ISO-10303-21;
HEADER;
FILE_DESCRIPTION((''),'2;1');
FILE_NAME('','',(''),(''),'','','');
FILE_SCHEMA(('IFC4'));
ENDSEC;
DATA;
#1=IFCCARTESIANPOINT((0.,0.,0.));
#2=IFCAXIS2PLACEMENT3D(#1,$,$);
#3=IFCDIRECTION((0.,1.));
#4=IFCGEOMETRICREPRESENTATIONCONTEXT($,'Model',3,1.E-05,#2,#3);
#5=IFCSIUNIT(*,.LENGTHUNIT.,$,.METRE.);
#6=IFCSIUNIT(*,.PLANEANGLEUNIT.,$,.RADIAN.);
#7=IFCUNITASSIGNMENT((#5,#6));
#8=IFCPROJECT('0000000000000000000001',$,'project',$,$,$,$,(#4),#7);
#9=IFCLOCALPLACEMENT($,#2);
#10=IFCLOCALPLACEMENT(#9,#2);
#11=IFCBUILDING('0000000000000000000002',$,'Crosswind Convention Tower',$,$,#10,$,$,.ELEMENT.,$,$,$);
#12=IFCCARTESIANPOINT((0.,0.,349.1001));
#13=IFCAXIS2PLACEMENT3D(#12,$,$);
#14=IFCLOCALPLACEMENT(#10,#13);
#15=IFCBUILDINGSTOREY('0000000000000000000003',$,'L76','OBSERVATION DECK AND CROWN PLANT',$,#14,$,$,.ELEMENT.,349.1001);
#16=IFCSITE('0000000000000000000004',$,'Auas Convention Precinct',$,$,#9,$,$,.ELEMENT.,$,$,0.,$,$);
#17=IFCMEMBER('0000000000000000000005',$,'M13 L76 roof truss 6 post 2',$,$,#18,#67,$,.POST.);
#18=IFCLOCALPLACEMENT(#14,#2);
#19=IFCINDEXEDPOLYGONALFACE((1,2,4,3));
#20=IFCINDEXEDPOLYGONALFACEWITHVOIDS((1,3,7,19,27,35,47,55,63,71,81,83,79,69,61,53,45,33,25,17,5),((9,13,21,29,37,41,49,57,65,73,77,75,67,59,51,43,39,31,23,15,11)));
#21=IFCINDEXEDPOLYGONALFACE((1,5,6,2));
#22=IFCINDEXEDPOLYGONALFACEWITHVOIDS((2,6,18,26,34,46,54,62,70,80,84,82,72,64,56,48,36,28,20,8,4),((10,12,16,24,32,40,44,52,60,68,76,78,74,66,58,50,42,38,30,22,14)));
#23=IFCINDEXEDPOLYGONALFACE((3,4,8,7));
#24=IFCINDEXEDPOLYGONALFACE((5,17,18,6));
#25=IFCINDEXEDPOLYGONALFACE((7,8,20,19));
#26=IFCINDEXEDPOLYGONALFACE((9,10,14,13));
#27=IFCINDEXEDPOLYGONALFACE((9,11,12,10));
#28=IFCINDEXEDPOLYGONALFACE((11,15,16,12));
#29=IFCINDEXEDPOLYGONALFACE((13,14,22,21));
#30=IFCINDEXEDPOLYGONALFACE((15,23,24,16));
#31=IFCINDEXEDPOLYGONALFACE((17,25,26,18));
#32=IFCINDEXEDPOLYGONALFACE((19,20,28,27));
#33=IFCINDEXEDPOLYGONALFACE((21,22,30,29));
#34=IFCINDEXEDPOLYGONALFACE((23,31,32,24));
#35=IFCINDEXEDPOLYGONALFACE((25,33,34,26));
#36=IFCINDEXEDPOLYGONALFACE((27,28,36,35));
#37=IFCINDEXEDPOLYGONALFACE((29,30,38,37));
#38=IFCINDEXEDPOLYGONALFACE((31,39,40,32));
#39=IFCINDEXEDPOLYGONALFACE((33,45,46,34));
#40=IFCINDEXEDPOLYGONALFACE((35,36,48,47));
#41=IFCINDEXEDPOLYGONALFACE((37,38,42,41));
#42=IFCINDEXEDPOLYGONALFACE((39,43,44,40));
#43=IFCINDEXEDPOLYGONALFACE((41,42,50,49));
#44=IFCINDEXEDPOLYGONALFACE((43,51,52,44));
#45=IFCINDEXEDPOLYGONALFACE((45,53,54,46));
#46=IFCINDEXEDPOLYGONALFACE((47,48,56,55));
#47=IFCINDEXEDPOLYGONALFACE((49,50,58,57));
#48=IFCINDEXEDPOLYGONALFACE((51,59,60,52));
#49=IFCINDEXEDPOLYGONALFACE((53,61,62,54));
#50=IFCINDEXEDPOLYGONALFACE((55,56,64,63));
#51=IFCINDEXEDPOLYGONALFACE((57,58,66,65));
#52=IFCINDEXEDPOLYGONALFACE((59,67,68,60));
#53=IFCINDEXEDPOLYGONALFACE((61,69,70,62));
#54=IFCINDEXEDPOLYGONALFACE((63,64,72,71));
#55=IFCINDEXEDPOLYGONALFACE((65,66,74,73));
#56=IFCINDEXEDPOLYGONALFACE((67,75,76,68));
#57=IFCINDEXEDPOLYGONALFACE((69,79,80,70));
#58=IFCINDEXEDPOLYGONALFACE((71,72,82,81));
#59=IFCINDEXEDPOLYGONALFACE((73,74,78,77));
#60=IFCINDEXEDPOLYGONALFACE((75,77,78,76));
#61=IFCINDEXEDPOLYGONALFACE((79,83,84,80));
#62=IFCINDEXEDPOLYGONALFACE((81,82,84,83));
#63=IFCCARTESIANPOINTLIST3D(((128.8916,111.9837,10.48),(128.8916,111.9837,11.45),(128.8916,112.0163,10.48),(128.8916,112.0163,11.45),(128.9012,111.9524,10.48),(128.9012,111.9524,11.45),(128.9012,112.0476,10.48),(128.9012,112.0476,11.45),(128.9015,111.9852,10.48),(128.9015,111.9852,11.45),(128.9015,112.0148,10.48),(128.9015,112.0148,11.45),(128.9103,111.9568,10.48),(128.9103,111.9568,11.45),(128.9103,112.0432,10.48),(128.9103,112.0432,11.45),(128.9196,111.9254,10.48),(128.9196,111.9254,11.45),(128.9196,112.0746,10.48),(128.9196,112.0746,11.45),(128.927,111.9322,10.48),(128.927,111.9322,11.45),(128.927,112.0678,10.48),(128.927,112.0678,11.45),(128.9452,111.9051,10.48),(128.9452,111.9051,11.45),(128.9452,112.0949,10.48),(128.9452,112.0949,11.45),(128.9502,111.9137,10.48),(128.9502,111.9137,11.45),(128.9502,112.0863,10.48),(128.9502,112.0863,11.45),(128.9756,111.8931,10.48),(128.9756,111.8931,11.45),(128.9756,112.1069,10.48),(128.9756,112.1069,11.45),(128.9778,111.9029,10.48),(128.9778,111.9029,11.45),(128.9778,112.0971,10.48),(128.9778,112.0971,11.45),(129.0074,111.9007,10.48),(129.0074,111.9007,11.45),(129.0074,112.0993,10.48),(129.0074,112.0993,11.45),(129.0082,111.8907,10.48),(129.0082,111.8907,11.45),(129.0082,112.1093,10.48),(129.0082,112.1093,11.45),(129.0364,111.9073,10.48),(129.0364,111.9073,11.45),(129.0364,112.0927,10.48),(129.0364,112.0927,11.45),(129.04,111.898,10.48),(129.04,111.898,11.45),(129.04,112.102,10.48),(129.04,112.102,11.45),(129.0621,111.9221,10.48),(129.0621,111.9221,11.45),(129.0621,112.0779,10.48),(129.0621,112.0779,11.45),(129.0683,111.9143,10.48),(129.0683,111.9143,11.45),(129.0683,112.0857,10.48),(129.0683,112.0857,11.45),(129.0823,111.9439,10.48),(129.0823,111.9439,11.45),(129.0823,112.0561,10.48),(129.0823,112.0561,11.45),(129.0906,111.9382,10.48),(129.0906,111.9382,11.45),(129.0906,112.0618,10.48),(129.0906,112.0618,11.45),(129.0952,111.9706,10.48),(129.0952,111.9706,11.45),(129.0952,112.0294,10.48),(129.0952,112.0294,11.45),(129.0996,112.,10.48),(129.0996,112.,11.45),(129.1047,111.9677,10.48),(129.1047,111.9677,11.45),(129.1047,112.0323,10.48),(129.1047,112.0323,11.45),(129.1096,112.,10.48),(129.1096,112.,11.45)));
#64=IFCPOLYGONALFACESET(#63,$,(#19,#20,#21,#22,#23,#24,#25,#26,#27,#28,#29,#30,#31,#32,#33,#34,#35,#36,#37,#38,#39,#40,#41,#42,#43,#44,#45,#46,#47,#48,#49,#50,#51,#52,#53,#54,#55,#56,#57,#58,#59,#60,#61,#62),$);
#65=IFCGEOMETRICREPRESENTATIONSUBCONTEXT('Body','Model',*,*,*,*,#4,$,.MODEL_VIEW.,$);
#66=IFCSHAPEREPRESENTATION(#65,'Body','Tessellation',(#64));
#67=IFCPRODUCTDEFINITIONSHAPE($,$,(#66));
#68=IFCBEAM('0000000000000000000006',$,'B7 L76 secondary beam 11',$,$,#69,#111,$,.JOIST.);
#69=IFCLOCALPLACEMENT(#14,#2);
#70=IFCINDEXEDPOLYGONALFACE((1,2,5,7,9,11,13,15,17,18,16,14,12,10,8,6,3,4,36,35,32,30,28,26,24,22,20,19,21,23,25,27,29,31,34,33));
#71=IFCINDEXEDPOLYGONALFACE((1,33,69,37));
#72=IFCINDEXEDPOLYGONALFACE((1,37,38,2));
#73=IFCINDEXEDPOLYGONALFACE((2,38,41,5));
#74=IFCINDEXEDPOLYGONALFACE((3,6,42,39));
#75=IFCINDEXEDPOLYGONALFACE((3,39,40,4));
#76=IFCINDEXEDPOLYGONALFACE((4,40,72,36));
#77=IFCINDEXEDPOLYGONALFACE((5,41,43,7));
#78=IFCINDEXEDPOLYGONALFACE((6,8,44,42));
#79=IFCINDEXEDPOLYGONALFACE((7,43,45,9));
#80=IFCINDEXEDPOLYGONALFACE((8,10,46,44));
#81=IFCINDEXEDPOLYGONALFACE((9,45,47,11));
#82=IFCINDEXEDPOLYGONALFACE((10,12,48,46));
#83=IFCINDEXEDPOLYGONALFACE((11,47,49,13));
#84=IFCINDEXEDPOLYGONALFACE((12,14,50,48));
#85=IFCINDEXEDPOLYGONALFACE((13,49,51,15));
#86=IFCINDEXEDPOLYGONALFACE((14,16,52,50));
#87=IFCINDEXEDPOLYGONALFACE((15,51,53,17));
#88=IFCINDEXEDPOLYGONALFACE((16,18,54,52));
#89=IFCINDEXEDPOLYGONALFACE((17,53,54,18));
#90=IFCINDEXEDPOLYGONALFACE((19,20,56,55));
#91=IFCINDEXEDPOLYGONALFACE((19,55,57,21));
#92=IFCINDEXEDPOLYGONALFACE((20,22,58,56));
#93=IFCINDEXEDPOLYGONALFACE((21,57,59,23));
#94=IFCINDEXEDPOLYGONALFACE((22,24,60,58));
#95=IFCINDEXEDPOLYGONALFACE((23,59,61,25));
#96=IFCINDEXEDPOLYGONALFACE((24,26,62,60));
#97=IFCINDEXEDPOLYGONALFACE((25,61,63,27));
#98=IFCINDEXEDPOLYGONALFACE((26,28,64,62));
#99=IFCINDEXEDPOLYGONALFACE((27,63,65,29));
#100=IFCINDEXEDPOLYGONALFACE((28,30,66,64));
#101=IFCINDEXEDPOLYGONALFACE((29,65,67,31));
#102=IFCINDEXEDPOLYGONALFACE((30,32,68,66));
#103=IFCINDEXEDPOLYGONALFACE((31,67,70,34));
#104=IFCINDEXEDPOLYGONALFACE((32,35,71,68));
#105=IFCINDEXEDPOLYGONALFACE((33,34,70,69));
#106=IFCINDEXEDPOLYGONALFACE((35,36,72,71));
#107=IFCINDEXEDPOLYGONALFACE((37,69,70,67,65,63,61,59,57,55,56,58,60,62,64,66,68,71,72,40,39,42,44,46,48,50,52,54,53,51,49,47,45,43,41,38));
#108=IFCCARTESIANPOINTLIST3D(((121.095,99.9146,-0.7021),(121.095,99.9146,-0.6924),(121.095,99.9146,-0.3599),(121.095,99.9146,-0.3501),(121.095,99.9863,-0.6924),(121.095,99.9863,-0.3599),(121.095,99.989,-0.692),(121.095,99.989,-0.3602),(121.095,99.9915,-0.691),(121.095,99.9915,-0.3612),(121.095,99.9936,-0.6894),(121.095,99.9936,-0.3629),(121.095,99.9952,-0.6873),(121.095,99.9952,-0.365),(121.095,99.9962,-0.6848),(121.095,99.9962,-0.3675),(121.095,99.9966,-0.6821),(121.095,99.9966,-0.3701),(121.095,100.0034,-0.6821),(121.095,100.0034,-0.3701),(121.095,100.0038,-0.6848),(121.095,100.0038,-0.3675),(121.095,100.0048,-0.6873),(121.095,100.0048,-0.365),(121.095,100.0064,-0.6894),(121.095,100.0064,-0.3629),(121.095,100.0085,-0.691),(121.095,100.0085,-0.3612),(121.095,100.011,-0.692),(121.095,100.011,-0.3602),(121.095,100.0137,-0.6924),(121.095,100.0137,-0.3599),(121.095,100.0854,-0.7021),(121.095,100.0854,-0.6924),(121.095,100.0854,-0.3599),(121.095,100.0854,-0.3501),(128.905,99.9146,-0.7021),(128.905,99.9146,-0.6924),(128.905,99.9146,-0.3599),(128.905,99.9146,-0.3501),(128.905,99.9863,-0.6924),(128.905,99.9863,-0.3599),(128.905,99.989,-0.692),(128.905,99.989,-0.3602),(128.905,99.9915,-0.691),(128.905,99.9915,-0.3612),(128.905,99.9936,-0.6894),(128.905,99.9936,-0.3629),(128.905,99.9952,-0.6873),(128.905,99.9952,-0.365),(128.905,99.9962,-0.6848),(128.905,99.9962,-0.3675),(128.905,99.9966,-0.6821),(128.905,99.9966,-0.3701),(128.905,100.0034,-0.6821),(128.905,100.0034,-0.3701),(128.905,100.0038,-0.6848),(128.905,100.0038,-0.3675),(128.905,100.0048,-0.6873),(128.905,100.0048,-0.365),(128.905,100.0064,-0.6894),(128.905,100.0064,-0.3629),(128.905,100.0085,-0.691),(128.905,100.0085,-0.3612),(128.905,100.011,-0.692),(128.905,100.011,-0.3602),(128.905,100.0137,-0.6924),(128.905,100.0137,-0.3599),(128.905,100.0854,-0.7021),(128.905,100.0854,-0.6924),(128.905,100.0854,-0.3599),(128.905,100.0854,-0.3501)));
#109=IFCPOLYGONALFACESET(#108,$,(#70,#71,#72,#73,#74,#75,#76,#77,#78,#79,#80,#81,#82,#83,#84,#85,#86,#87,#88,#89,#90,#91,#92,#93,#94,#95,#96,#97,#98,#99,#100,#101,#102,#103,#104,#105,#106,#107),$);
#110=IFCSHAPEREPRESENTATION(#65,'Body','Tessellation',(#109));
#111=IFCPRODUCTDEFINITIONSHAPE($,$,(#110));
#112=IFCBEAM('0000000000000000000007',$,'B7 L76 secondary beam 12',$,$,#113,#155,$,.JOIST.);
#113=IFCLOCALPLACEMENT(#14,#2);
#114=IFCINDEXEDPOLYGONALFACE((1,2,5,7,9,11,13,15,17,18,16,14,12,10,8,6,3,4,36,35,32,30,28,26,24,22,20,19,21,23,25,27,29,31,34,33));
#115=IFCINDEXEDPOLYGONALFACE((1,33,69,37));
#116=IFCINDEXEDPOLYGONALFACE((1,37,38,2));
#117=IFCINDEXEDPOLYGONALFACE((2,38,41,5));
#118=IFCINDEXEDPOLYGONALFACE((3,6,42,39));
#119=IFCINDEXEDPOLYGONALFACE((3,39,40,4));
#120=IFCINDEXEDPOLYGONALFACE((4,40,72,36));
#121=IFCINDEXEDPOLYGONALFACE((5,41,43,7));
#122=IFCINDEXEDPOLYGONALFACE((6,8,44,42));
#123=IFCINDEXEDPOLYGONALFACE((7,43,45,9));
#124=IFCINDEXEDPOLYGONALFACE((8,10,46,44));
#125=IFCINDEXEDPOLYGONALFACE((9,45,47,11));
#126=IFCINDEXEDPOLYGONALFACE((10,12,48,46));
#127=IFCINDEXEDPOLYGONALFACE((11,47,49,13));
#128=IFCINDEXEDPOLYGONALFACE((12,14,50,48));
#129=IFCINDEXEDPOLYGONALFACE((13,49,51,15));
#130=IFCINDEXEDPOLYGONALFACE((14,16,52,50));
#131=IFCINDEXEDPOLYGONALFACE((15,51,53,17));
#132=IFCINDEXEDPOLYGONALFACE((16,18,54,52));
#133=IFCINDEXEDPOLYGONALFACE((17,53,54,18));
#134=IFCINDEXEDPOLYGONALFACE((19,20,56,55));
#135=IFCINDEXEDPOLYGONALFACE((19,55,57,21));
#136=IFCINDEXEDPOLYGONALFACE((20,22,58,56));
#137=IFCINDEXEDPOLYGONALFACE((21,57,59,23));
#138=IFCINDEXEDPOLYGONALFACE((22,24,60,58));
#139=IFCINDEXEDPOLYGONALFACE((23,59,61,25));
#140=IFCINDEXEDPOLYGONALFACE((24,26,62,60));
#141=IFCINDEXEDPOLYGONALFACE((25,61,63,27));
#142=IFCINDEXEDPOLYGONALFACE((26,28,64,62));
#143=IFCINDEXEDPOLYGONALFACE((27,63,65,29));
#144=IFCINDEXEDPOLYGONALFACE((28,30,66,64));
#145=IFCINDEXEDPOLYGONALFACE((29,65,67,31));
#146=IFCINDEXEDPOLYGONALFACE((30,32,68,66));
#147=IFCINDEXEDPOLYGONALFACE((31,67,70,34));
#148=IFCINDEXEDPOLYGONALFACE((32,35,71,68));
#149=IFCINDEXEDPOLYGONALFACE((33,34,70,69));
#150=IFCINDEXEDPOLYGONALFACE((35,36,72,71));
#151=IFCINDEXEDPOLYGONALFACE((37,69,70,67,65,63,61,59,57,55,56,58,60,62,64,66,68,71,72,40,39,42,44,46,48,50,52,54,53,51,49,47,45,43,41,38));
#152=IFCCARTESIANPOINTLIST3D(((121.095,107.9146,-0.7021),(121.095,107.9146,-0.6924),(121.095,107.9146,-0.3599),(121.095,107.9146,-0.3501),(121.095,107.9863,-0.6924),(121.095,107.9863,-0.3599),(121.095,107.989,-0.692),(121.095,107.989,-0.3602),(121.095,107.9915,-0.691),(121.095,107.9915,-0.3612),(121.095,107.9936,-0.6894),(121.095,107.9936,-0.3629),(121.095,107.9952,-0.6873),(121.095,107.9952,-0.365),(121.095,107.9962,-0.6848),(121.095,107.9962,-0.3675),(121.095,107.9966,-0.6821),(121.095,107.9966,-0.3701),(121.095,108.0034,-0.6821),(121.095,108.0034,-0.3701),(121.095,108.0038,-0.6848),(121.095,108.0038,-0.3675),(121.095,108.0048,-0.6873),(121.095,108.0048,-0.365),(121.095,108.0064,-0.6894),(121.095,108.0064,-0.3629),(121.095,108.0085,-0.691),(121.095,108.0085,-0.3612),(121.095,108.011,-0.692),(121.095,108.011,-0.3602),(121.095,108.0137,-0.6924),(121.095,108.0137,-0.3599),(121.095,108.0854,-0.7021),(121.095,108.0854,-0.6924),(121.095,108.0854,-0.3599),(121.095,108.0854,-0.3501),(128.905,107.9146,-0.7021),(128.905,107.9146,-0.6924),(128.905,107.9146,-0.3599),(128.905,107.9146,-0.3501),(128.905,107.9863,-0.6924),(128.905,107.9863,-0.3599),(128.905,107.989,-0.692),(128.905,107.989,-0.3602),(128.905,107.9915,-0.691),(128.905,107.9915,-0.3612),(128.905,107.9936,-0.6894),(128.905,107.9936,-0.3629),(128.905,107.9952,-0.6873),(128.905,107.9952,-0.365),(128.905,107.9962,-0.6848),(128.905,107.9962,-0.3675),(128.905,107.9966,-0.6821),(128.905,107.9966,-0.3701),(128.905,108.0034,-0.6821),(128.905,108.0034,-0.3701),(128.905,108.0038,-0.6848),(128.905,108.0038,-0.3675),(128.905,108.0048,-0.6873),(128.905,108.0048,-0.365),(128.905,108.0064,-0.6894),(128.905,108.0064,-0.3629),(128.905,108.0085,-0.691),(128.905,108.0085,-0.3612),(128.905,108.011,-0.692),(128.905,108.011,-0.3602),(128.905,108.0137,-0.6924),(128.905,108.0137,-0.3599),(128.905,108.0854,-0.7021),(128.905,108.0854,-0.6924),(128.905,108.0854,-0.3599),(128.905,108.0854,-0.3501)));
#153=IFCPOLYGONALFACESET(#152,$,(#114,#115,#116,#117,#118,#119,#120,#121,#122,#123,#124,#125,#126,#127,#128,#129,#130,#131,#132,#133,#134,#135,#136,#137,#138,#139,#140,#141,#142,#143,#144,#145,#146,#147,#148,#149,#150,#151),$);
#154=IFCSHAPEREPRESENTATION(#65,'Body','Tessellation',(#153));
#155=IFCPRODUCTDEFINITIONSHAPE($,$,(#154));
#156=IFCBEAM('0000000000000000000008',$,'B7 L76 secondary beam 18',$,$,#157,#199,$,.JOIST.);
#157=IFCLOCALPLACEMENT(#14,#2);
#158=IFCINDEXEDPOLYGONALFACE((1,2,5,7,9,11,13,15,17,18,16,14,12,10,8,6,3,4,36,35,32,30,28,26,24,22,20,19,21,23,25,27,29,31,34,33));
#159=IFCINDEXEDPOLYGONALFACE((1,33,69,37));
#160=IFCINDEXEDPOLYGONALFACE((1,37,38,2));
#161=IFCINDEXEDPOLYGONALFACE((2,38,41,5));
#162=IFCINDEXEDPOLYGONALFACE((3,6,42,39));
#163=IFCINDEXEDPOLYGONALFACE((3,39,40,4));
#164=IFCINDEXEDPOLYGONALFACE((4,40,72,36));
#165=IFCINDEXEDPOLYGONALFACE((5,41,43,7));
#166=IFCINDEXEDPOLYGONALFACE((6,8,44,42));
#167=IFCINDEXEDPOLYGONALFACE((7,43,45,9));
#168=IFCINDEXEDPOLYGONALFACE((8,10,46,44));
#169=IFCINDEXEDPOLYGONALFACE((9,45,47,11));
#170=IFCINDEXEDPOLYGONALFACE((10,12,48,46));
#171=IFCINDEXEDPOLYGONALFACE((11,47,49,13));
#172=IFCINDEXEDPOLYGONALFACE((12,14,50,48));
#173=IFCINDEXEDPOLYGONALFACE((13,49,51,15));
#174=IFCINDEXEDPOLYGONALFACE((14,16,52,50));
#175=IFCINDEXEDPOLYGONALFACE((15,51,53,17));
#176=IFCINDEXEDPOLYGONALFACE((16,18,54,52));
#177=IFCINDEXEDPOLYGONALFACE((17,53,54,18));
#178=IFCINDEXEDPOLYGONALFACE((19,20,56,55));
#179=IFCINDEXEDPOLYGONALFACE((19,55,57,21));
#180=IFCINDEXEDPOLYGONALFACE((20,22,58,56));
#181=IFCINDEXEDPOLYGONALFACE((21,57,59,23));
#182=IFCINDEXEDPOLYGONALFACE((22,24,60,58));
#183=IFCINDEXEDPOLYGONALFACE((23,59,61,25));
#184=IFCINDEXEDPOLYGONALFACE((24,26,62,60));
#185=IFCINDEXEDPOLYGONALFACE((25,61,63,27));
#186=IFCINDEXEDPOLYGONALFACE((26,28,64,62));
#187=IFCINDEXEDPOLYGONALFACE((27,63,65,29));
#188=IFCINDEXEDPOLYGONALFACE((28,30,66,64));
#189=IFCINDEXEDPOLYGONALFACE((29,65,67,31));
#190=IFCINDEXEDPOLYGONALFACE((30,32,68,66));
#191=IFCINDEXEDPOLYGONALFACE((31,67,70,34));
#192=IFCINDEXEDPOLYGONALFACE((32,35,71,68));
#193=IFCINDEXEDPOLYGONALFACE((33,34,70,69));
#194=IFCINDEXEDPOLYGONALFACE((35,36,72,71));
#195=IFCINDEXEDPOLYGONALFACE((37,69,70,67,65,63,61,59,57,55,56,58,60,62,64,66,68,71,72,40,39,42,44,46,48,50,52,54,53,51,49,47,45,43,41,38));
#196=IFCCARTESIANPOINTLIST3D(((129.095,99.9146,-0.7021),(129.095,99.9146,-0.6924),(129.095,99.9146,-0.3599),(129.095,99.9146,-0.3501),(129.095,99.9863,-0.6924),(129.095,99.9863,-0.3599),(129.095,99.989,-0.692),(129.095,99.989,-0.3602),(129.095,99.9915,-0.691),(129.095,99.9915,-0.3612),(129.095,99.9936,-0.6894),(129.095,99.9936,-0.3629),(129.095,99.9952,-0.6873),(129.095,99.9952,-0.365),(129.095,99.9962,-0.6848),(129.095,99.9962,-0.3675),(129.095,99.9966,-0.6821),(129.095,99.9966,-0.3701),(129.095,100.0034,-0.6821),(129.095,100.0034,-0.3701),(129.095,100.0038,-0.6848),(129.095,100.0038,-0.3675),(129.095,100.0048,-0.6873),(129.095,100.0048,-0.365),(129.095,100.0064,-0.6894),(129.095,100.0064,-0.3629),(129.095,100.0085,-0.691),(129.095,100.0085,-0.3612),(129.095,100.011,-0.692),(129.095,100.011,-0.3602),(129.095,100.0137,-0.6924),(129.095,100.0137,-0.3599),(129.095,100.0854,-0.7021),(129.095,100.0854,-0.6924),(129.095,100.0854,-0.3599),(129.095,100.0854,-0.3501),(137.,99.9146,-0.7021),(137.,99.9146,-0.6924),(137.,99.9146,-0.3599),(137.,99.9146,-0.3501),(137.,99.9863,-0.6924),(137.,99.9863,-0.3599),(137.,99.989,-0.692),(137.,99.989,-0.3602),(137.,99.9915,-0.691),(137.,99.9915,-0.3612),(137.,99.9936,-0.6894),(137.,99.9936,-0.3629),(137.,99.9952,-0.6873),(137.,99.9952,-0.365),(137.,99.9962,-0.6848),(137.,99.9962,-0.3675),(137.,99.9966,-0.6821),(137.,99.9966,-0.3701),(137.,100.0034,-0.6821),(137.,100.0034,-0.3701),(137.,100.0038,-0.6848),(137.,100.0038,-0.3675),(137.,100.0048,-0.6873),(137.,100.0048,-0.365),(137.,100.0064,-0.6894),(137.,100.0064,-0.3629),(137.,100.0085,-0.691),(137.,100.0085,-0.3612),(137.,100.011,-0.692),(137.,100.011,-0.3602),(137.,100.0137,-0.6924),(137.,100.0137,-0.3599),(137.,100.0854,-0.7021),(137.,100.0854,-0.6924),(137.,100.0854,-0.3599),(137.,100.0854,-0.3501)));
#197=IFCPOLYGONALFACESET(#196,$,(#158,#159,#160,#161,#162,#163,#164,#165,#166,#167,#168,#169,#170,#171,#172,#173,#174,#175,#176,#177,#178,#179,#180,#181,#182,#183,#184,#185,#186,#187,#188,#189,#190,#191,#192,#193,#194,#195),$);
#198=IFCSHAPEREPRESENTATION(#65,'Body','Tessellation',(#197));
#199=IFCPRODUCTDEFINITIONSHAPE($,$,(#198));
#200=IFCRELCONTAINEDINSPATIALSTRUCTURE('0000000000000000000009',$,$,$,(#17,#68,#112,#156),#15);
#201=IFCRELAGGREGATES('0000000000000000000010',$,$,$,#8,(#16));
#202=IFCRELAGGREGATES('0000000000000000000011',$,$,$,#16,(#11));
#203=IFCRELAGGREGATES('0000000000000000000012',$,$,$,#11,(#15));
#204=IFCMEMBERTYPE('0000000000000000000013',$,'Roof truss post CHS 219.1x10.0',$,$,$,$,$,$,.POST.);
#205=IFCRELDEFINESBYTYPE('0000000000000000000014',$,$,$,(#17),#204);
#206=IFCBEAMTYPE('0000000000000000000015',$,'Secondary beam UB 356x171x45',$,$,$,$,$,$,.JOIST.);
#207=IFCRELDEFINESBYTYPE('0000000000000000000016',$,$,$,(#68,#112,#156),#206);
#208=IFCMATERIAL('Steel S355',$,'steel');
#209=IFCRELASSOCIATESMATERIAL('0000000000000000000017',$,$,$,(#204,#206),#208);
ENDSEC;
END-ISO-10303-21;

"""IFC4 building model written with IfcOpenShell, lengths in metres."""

from ifc_helpers import new_model, si_unit, direction, frame, origin, origin_2d, place, context, subcontext, project, spatial, hollow_circle, i_section, extrude, material, material_profile, profile_set, type_object, element, save


model = new_model("IFC4")

# Units and contexts
model_context = context("Model", 3, precision=1e-05, world=origin(), true_north=direction((0.0, 1.0)))
body_context = subcontext(model_context, "Body", "Model", "MODEL_VIEW")
ifc_project = project(units=[si_unit("LENGTHUNIT", "METRE"), si_unit("PLANEANGLEUNIT", "RADIAN")], contexts=[model_context])

# Site, building, storey
site_placement = place(None, origin())
site = spatial("IfcSite", under=ifc_project, at=site_placement, Name="Auas Convention Precinct", CompositionType="ELEMENT", RefElevation=0.0)
building_placement = place(site_placement, origin())
building = spatial("IfcBuilding", under=site, at=building_placement, Name="Crosswind Convention Tower", CompositionType="ELEMENT")
storey_placement = place(building_placement, frame((0.0, 0.0, 349.1001)))
storey = spatial("IfcBuildingStorey", under=building, at=storey_placement, Name="L76", Description="OBSERVATION DECK AND CROWN PLANT", CompositionType="ELEMENT", Elevation=349.1001)

# Shared definitions
ifc_material_1 = material(Name="Steel S355", Category="steel")

# Member
ifc_material_profile_1 = material_profile(ifc_material_1, hollow_circle(Radius=0.1096, WallThickness=0.01, at=origin_2d()), Name="CHS 219.1x10.0")
ifc_profile_set_1 = profile_set([ifc_material_profile_1], Name="Steel S355")
member_type_1 = type_object("IfcMemberType", Name="Roof truss post CHS 219.1x10.0", PredefinedType="POST", material=ifc_profile_set_1)
for number, where, z_axis, x_axis, name in (
    (1, (129.0, 112.0, 10.48), (0.0, 0.0, 1.0), (1.0, 0.0, 0.0), "M13 L76 roof truss 6 post 2"),
):
    element("IfcMember", number, at=place(storey_placement, frame(where, z_axis=z_axis, x_axis=x_axis)), inside=storey, type_object=member_type_1, Name=name, PredefinedType="POST", context=body_context, shape_type="SweptSolid", body=[
        extrude(hollow_circle(Radius=0.1096, WallThickness=0.01, at=origin_2d()), origin(), (0.0, 0.0, 1.0), 0.97),
    ])

# Beams
ifc_material_profile_2 = material_profile(ifc_material_1, i_section(OverallWidth=0.1709, OverallDepth=0.3521, WebThickness=0.0068, FlangeThickness=0.0098, FilletRadius=0.0103, at=origin_2d()), Name="UB 356x171x45")
ifc_profile_set_2 = profile_set([ifc_material_profile_2], Name="Steel S355")
beam_type_1 = type_object("IfcBeamType", Name="Secondary beam UB 356x171x45", PredefinedType="JOIST", material=ifc_profile_set_2)
for number, where, z_axis, x_axis, name in (
    (2, (121.095, 100.0, -0.5261), (1.0, 0.0, 0.0), (0.0, 1.0, 0.0), "B7 L76 secondary beam 11"),
    (3, (121.095, 108.0, -0.5261), (1.0, 0.0, 0.0), (0.0, 1.0, 0.0), "B7 L76 secondary beam 12"),
):
    element("IfcBeam", number, at=place(storey_placement, frame(where, z_axis=z_axis, x_axis=x_axis)), inside=storey, type_object=beam_type_1, Name=name, PredefinedType="JOIST", context=body_context, shape_type="SweptSolid", body=[
        extrude(i_section(OverallWidth=0.1709, OverallDepth=0.3521, WebThickness=0.0068, FlangeThickness=0.0098, FilletRadius=0.0103, at=origin_2d()), origin(), (0.0, 0.0, 1.0), 7.8101),
    ])
for number, where, z_axis, x_axis, name in (
    (4, (129.095, 100.0, -0.5261), (1.0, 0.0, 0.0), (0.0, 1.0, 0.0), "B7 L76 secondary beam 18"),
):
    element("IfcBeam", number, at=place(storey_placement, frame(where, z_axis=z_axis, x_axis=x_axis)), inside=storey, type_object=beam_type_1, Name=name, PredefinedType="JOIST", context=body_context, shape_type="SweptSolid", body=[
        extrude(i_section(OverallWidth=0.1709, OverallDepth=0.3521, WebThickness=0.0068, FlangeThickness=0.0098, FilletRadius=0.0103, at=origin_2d()), origin(), (0.0, 0.0, 1.0), 7.905),
    ])

save(model, "model.ifc")
